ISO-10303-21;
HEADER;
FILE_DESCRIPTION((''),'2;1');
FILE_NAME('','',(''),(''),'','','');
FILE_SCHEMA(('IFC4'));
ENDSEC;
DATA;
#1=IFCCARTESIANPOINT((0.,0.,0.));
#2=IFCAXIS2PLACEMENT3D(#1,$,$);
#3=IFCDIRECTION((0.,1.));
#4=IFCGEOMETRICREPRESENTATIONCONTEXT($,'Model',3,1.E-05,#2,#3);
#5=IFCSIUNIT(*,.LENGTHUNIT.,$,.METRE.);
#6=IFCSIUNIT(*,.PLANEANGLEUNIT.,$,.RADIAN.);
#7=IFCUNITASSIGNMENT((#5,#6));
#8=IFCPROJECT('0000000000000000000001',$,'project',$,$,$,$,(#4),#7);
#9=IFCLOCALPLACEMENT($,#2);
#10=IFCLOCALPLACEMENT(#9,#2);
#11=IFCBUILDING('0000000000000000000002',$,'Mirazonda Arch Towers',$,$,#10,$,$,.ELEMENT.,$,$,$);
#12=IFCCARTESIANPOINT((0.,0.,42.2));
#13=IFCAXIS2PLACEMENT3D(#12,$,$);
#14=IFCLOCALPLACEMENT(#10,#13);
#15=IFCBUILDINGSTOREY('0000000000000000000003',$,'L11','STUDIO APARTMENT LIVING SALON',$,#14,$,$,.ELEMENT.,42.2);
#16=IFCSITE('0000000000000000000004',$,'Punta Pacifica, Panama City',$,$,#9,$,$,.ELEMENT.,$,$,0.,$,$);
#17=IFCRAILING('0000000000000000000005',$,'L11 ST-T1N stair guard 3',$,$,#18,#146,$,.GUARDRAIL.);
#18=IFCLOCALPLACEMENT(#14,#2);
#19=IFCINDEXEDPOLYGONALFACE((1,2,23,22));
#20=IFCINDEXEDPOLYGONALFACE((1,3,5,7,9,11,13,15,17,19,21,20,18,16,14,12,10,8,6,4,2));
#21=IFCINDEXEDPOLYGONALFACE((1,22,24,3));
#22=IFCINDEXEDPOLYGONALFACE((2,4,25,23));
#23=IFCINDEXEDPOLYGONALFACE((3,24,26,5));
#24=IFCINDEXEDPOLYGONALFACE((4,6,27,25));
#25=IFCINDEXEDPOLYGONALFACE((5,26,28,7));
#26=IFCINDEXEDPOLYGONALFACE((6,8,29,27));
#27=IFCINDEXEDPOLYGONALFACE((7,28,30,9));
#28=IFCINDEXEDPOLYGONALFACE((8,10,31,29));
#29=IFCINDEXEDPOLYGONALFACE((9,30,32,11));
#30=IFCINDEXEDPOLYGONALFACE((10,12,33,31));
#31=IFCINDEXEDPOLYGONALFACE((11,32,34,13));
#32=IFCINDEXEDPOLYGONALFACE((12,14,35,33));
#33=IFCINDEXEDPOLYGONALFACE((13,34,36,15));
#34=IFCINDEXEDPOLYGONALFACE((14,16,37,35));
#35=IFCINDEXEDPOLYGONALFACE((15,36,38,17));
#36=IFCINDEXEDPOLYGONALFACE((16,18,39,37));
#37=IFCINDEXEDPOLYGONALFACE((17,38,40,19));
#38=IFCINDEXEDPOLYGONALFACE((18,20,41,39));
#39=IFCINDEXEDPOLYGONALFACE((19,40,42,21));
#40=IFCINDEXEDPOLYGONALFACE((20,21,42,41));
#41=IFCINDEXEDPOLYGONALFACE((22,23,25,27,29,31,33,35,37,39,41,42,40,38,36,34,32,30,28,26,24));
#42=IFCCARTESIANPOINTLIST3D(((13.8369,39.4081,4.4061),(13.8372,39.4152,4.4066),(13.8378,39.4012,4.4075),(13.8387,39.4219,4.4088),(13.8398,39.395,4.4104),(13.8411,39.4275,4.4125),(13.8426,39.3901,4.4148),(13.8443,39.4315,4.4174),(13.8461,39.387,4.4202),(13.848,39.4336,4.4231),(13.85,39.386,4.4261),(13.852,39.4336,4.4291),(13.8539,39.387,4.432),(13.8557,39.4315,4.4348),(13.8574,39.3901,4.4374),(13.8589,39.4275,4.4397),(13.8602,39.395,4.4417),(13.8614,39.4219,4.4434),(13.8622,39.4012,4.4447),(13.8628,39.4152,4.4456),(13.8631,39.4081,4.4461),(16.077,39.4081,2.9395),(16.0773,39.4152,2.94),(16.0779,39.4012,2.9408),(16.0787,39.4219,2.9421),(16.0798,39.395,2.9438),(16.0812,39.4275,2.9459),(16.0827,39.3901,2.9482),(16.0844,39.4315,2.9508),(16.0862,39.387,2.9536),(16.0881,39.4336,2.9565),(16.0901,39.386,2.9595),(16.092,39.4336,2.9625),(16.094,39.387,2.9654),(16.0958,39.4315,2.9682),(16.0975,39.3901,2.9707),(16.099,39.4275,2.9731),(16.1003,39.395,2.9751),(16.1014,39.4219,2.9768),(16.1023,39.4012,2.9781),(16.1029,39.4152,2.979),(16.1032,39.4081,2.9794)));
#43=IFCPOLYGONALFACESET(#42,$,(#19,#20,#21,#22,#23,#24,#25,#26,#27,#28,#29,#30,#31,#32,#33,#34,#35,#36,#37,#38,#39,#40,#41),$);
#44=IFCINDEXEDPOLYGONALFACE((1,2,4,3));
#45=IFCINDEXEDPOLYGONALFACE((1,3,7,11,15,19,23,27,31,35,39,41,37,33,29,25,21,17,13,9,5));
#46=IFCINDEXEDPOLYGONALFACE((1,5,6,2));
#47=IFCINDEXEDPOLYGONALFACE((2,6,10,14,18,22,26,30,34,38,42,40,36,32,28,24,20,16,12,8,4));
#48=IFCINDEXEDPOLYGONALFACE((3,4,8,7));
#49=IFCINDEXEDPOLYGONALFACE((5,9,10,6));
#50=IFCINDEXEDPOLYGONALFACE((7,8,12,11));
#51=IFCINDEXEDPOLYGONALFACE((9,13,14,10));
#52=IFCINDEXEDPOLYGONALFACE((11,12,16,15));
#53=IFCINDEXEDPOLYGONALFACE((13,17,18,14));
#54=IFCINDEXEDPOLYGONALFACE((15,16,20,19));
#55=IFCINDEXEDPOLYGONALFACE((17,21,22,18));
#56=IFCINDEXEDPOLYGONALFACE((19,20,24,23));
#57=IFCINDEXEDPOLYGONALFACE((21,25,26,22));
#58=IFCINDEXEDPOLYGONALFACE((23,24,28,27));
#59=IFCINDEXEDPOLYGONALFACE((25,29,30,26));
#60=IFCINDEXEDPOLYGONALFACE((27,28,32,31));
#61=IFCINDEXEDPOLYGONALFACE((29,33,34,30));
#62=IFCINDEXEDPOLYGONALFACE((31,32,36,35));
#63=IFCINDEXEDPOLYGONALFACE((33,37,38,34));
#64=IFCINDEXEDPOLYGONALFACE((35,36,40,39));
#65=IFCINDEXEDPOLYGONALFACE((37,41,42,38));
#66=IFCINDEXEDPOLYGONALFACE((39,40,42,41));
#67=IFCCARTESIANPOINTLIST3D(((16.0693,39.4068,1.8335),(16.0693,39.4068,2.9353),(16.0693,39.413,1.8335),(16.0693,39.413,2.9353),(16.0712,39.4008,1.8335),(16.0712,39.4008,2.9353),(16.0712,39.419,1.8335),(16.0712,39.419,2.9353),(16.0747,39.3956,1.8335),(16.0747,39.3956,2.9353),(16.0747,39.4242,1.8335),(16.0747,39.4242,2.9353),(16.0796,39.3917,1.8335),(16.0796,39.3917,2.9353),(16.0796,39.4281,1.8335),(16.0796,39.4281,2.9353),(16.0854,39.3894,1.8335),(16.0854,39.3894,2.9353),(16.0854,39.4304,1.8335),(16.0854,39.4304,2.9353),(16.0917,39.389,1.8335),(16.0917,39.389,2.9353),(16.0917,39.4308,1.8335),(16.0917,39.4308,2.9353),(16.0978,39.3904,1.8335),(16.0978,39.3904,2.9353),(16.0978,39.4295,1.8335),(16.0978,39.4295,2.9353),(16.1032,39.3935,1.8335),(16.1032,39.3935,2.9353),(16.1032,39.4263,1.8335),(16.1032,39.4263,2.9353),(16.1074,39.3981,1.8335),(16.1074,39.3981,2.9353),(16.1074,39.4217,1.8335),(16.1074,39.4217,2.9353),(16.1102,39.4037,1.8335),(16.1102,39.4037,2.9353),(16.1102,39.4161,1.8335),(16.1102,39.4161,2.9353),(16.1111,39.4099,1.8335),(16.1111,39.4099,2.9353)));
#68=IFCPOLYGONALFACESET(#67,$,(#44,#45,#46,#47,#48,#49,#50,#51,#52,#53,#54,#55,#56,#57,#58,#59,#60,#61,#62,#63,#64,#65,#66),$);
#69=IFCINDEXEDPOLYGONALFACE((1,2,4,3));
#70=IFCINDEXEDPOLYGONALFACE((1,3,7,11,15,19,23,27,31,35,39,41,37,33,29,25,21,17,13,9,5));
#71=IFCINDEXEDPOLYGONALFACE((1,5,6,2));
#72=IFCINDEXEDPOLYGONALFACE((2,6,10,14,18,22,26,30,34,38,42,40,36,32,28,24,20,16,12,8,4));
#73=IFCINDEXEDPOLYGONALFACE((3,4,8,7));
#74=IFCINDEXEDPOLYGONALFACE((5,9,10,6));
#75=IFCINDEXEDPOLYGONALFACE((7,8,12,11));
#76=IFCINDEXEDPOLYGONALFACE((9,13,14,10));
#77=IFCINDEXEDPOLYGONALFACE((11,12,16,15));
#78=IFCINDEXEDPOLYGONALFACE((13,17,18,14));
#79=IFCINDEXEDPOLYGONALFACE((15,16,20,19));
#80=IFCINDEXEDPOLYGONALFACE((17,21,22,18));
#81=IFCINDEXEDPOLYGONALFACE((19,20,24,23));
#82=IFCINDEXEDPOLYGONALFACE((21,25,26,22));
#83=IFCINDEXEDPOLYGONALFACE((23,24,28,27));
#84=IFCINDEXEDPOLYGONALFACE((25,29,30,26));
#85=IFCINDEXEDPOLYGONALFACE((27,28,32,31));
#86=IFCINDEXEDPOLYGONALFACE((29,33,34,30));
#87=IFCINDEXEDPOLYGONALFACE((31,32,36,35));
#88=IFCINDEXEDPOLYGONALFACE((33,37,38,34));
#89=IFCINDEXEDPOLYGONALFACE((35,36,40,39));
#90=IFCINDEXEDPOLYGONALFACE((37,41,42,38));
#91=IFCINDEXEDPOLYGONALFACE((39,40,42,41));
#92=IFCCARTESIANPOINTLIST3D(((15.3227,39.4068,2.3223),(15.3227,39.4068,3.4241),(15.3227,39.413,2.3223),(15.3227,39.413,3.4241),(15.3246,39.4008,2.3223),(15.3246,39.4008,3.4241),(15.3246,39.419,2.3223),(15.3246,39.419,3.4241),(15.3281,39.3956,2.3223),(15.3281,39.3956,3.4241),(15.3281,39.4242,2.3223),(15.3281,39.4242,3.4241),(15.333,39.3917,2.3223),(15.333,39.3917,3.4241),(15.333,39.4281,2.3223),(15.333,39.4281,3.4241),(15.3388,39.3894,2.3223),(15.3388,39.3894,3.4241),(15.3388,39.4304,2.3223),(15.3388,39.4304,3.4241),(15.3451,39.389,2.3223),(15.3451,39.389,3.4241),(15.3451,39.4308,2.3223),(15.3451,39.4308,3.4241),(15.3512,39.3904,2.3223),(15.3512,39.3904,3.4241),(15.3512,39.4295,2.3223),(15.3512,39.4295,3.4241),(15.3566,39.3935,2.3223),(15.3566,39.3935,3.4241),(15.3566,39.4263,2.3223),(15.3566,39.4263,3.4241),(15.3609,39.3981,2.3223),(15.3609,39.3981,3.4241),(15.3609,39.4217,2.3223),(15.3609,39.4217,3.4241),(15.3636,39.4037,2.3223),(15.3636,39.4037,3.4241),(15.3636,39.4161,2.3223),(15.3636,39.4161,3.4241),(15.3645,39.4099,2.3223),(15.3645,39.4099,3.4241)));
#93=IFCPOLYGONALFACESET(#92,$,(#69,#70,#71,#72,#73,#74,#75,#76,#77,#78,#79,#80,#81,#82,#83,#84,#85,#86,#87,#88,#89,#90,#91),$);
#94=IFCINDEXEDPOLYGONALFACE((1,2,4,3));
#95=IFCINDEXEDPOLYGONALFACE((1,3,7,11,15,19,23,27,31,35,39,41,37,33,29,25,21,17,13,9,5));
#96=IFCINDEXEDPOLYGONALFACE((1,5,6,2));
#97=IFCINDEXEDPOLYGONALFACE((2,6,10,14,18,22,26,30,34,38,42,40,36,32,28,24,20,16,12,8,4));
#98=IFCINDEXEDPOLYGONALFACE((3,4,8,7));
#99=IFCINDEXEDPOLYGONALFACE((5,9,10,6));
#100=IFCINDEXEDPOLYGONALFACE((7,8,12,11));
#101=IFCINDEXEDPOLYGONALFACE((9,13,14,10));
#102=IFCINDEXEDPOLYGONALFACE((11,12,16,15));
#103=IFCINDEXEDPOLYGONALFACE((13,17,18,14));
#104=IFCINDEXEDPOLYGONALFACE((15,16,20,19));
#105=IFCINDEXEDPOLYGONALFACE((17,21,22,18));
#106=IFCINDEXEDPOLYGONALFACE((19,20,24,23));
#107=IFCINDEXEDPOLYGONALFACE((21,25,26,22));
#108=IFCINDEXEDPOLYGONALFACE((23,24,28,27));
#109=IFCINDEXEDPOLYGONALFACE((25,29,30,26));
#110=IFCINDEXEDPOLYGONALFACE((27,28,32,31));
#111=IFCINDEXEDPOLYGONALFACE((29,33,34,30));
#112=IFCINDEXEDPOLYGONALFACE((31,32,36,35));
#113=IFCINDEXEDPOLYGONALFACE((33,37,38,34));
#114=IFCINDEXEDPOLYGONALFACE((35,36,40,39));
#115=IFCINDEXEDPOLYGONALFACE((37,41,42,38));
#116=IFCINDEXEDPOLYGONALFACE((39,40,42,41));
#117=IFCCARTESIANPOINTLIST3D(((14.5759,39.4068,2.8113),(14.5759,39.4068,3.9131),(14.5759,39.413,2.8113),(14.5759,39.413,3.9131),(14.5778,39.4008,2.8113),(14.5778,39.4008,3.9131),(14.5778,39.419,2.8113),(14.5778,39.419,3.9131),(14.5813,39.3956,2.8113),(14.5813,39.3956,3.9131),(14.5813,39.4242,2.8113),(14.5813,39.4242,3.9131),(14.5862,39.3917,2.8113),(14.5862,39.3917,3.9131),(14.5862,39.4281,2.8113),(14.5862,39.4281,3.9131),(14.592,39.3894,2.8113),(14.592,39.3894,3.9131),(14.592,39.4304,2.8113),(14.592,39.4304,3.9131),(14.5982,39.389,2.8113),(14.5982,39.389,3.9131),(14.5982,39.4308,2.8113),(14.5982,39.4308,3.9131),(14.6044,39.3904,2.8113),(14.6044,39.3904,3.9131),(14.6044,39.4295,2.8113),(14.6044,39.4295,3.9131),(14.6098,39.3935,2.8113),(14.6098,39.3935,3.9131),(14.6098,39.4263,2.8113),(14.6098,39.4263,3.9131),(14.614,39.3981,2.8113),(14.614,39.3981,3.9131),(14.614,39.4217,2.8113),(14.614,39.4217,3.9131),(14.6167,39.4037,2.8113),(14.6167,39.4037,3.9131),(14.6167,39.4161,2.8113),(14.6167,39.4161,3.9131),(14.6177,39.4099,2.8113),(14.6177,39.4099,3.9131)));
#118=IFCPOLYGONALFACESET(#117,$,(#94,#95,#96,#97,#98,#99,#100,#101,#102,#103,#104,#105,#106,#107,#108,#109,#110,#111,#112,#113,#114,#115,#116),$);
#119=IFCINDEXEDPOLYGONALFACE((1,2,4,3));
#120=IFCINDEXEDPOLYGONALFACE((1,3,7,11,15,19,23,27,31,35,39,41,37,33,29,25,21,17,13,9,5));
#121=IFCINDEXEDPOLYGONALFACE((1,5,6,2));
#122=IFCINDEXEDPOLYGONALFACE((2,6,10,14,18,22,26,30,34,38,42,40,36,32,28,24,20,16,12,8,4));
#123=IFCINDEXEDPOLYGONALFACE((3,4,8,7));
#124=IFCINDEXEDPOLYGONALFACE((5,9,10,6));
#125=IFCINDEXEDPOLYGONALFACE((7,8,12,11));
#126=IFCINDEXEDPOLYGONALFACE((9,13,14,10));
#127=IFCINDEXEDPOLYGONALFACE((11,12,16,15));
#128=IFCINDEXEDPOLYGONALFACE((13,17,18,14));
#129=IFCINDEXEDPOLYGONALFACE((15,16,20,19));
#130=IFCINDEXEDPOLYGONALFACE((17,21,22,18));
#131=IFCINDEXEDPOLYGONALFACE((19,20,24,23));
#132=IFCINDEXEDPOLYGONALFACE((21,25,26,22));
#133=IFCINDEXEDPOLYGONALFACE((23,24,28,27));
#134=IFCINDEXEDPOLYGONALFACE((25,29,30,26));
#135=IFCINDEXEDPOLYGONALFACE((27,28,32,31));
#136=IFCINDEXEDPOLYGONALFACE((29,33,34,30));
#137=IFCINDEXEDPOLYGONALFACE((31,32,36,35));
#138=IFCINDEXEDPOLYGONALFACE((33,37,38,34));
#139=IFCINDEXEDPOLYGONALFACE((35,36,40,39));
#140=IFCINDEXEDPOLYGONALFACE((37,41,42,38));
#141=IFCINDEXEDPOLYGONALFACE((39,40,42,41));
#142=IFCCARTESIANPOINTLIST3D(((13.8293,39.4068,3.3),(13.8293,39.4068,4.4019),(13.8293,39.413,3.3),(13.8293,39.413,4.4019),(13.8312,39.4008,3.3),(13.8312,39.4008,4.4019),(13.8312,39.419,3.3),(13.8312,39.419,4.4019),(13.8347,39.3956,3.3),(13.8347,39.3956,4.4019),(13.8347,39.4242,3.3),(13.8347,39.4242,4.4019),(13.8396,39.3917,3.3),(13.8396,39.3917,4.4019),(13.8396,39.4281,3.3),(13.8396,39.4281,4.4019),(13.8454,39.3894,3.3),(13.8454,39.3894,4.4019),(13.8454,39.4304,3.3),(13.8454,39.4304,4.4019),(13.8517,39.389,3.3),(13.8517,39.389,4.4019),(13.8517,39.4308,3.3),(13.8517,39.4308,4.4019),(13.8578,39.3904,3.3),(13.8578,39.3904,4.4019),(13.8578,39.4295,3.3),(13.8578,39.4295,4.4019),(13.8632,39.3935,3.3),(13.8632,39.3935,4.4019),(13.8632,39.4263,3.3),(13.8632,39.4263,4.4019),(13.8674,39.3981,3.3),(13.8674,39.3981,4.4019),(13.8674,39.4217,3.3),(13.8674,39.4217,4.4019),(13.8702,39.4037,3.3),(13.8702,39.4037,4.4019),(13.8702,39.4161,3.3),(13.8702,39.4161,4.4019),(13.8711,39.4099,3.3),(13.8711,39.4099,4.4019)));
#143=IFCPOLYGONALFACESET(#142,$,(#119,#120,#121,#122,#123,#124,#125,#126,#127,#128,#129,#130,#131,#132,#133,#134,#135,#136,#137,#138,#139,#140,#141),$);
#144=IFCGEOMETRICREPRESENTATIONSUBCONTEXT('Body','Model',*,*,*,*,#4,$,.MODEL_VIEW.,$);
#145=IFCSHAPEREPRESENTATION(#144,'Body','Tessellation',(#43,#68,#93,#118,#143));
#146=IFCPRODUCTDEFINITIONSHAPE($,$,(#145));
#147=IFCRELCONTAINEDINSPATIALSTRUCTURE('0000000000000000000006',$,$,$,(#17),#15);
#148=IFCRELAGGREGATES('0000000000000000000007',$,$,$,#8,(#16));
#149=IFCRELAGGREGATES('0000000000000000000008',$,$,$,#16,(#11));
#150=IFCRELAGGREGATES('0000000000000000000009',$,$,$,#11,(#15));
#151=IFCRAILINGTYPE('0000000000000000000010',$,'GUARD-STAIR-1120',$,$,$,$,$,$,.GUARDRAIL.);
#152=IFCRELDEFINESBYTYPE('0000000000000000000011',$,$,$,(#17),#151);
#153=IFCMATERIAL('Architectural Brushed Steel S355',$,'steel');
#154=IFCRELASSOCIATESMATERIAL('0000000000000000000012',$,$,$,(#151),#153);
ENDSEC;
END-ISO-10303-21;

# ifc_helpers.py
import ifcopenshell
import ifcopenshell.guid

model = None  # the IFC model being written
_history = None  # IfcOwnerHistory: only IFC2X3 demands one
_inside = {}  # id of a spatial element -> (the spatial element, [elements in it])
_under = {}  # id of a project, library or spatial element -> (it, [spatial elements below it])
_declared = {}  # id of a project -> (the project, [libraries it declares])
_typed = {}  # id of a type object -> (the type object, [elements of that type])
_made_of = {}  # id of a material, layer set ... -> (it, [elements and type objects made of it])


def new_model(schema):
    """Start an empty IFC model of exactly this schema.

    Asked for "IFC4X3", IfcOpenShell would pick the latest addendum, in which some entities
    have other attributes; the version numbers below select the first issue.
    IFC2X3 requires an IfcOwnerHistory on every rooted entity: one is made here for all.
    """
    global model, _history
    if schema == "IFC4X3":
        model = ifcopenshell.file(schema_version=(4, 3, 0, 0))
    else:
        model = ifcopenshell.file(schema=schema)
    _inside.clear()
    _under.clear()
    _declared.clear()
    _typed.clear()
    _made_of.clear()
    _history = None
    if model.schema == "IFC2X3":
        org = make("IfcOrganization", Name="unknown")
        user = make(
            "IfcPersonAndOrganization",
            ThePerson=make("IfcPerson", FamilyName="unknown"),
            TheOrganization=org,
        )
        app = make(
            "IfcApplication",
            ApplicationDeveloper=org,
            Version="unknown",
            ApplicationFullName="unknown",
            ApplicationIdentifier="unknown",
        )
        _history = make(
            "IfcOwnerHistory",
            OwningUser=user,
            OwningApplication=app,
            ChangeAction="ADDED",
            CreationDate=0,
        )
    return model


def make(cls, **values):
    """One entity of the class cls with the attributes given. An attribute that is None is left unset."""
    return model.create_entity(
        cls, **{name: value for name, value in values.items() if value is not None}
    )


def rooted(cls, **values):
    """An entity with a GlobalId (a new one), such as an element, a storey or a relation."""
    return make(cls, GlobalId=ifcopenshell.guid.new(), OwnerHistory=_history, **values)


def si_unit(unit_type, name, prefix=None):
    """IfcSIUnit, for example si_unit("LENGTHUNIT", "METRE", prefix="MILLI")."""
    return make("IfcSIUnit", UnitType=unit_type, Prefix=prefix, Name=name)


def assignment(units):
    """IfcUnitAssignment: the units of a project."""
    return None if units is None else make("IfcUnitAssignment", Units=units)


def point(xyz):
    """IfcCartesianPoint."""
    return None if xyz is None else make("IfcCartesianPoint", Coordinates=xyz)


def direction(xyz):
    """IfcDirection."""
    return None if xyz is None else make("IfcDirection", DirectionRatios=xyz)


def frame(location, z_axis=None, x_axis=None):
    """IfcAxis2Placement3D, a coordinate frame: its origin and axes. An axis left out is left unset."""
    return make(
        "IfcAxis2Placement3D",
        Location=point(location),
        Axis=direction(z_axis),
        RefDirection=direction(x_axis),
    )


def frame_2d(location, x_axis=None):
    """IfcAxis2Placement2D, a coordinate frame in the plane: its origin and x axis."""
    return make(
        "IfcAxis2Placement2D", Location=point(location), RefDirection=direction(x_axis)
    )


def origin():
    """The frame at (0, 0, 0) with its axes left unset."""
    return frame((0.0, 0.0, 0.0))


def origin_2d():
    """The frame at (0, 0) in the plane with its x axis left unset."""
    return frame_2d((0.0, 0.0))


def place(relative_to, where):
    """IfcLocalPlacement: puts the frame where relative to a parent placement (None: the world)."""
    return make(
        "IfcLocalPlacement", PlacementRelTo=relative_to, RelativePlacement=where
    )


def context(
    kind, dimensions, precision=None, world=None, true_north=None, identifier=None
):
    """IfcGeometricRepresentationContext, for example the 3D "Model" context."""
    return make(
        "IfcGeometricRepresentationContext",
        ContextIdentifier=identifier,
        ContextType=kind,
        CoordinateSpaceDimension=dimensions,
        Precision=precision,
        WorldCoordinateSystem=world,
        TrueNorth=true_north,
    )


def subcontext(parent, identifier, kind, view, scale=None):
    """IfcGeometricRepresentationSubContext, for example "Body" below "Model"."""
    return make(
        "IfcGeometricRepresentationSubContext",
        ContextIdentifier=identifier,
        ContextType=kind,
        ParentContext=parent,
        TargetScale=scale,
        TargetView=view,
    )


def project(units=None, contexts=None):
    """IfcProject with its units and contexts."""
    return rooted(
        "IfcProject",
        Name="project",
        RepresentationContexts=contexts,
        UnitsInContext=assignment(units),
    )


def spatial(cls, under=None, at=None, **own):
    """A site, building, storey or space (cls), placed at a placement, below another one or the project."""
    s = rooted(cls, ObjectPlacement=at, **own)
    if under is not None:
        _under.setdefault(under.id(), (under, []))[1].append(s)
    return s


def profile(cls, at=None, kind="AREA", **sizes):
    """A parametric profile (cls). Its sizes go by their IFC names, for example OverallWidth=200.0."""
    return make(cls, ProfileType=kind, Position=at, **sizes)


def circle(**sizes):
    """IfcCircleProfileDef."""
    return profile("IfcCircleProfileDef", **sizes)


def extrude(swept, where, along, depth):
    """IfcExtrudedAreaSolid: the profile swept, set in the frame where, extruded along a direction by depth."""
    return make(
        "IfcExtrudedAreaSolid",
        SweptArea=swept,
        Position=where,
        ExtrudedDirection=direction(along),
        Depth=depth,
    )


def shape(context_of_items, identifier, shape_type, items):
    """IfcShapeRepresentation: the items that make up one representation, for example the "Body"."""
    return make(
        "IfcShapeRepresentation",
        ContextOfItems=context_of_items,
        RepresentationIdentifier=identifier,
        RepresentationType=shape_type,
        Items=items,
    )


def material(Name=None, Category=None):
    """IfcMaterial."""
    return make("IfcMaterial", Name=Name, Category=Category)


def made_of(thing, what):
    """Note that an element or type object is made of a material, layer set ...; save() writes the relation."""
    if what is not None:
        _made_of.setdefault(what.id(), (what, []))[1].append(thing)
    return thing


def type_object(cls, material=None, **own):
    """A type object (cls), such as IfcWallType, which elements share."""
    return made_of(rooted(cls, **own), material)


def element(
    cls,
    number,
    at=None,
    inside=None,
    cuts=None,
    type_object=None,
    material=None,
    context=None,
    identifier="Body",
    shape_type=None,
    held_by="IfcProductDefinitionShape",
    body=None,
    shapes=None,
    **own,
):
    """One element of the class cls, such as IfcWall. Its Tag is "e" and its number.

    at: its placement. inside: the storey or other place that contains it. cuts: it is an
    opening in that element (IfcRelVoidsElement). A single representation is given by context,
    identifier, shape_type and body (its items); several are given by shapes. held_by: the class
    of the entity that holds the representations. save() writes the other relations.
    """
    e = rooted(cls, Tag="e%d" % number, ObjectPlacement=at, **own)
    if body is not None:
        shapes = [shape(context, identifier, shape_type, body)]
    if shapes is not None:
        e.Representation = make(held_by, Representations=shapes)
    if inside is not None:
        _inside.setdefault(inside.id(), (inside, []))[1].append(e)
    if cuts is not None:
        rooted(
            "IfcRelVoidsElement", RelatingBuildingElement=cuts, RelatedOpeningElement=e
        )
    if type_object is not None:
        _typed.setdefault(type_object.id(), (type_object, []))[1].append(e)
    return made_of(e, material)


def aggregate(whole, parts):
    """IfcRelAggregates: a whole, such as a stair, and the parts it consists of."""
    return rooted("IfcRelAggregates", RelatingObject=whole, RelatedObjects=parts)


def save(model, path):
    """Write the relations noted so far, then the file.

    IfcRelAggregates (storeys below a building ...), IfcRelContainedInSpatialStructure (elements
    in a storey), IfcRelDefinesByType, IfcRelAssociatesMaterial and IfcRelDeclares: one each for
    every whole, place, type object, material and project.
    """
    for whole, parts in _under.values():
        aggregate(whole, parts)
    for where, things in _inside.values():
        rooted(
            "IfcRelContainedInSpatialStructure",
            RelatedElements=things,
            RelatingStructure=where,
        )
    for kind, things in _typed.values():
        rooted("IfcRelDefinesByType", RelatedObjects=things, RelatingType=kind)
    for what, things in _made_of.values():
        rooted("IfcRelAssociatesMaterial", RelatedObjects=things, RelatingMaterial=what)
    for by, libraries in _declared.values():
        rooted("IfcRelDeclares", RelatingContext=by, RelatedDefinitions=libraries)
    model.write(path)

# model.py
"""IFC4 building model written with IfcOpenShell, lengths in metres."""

from ifc_helpers import new_model, si_unit, direction, frame, origin, origin_2d, place, context, subcontext, project, spatial, circle, extrude, material, type_object, element, save


model = new_model("IFC4")

# Units and contexts
model_context = context("Model", 3, precision=1e-05, world=origin(), true_north=direction((0.0, 1.0)))
body_context = subcontext(model_context, "Body", "Model", "MODEL_VIEW")
ifc_project = project(units=[si_unit("LENGTHUNIT", "METRE"), si_unit("PLANEANGLEUNIT", "RADIAN")], contexts=[model_context])

# Site, building, storey
site_placement = place(None, origin())
site = spatial("IfcSite", under=ifc_project, at=site_placement, Name="Punta Pacifica, Panama City", CompositionType="ELEMENT", RefElevation=0.0)
building_placement = place(site_placement, origin())
building = spatial("IfcBuilding", under=site, at=building_placement, Name="Mirazonda Arch Towers", CompositionType="ELEMENT")
storey_placement = place(building_placement, frame((0.0, 0.0, 42.2)))
storey = spatial("IfcBuildingStorey", under=building, at=storey_placement, Name="L11", Description="STUDIO APARTMENT LIVING SALON", CompositionType="ELEMENT", Elevation=42.2)

# Shared definitions
ifc_material_1 = material(Name="Architectural Brushed Steel S355", Category="steel")

# Railing
railing_type_1 = type_object("IfcRailingType", Name="GUARD-STAIR-1120", PredefinedType="GUARDRAIL", material=ifc_material_1)
railing_1_placement = place(storey_placement, frame((16.0901, 39.4099, 1.8335)))
element("IfcRailing", 1, at=railing_1_placement, inside=storey, type_object=railing_type_1, Name="L11 ST-T1N stair guard 3", PredefinedType="GUARDRAIL", context=body_context, shape_type="SweptSolid", body=[
    extrude(circle(Radius=0.0239, at=origin_2d()), frame((0.0, 0.0, 1.126), z_axis=(-0.836637, 0.0, 0.547758), x_axis=(0.0, -1.0, 0.0)), (0.0, 0.0, 1.0), 2.6775),
    extrude(circle(Radius=0.021, at=origin_2d()), origin(), (0.0, 0.0, 1.0), 1.1018),
    extrude(circle(Radius=0.021, at=origin_2d()), frame((-0.7466, 0.0, 0.4888)), (0.0, 0.0, 1.0), 1.1018),
    extrude(circle(Radius=0.021, at=origin_2d()), frame((-1.4934, 0.0, 0.9778)), (0.0, 0.0, 1.0), 1.1018),
    extrude(circle(Radius=0.021, at=origin_2d()), frame((-2.24, 0.0, 1.4666)), (0.0, 0.0, 1.0), 1.1018),
])

save(model, "model.ifc")
